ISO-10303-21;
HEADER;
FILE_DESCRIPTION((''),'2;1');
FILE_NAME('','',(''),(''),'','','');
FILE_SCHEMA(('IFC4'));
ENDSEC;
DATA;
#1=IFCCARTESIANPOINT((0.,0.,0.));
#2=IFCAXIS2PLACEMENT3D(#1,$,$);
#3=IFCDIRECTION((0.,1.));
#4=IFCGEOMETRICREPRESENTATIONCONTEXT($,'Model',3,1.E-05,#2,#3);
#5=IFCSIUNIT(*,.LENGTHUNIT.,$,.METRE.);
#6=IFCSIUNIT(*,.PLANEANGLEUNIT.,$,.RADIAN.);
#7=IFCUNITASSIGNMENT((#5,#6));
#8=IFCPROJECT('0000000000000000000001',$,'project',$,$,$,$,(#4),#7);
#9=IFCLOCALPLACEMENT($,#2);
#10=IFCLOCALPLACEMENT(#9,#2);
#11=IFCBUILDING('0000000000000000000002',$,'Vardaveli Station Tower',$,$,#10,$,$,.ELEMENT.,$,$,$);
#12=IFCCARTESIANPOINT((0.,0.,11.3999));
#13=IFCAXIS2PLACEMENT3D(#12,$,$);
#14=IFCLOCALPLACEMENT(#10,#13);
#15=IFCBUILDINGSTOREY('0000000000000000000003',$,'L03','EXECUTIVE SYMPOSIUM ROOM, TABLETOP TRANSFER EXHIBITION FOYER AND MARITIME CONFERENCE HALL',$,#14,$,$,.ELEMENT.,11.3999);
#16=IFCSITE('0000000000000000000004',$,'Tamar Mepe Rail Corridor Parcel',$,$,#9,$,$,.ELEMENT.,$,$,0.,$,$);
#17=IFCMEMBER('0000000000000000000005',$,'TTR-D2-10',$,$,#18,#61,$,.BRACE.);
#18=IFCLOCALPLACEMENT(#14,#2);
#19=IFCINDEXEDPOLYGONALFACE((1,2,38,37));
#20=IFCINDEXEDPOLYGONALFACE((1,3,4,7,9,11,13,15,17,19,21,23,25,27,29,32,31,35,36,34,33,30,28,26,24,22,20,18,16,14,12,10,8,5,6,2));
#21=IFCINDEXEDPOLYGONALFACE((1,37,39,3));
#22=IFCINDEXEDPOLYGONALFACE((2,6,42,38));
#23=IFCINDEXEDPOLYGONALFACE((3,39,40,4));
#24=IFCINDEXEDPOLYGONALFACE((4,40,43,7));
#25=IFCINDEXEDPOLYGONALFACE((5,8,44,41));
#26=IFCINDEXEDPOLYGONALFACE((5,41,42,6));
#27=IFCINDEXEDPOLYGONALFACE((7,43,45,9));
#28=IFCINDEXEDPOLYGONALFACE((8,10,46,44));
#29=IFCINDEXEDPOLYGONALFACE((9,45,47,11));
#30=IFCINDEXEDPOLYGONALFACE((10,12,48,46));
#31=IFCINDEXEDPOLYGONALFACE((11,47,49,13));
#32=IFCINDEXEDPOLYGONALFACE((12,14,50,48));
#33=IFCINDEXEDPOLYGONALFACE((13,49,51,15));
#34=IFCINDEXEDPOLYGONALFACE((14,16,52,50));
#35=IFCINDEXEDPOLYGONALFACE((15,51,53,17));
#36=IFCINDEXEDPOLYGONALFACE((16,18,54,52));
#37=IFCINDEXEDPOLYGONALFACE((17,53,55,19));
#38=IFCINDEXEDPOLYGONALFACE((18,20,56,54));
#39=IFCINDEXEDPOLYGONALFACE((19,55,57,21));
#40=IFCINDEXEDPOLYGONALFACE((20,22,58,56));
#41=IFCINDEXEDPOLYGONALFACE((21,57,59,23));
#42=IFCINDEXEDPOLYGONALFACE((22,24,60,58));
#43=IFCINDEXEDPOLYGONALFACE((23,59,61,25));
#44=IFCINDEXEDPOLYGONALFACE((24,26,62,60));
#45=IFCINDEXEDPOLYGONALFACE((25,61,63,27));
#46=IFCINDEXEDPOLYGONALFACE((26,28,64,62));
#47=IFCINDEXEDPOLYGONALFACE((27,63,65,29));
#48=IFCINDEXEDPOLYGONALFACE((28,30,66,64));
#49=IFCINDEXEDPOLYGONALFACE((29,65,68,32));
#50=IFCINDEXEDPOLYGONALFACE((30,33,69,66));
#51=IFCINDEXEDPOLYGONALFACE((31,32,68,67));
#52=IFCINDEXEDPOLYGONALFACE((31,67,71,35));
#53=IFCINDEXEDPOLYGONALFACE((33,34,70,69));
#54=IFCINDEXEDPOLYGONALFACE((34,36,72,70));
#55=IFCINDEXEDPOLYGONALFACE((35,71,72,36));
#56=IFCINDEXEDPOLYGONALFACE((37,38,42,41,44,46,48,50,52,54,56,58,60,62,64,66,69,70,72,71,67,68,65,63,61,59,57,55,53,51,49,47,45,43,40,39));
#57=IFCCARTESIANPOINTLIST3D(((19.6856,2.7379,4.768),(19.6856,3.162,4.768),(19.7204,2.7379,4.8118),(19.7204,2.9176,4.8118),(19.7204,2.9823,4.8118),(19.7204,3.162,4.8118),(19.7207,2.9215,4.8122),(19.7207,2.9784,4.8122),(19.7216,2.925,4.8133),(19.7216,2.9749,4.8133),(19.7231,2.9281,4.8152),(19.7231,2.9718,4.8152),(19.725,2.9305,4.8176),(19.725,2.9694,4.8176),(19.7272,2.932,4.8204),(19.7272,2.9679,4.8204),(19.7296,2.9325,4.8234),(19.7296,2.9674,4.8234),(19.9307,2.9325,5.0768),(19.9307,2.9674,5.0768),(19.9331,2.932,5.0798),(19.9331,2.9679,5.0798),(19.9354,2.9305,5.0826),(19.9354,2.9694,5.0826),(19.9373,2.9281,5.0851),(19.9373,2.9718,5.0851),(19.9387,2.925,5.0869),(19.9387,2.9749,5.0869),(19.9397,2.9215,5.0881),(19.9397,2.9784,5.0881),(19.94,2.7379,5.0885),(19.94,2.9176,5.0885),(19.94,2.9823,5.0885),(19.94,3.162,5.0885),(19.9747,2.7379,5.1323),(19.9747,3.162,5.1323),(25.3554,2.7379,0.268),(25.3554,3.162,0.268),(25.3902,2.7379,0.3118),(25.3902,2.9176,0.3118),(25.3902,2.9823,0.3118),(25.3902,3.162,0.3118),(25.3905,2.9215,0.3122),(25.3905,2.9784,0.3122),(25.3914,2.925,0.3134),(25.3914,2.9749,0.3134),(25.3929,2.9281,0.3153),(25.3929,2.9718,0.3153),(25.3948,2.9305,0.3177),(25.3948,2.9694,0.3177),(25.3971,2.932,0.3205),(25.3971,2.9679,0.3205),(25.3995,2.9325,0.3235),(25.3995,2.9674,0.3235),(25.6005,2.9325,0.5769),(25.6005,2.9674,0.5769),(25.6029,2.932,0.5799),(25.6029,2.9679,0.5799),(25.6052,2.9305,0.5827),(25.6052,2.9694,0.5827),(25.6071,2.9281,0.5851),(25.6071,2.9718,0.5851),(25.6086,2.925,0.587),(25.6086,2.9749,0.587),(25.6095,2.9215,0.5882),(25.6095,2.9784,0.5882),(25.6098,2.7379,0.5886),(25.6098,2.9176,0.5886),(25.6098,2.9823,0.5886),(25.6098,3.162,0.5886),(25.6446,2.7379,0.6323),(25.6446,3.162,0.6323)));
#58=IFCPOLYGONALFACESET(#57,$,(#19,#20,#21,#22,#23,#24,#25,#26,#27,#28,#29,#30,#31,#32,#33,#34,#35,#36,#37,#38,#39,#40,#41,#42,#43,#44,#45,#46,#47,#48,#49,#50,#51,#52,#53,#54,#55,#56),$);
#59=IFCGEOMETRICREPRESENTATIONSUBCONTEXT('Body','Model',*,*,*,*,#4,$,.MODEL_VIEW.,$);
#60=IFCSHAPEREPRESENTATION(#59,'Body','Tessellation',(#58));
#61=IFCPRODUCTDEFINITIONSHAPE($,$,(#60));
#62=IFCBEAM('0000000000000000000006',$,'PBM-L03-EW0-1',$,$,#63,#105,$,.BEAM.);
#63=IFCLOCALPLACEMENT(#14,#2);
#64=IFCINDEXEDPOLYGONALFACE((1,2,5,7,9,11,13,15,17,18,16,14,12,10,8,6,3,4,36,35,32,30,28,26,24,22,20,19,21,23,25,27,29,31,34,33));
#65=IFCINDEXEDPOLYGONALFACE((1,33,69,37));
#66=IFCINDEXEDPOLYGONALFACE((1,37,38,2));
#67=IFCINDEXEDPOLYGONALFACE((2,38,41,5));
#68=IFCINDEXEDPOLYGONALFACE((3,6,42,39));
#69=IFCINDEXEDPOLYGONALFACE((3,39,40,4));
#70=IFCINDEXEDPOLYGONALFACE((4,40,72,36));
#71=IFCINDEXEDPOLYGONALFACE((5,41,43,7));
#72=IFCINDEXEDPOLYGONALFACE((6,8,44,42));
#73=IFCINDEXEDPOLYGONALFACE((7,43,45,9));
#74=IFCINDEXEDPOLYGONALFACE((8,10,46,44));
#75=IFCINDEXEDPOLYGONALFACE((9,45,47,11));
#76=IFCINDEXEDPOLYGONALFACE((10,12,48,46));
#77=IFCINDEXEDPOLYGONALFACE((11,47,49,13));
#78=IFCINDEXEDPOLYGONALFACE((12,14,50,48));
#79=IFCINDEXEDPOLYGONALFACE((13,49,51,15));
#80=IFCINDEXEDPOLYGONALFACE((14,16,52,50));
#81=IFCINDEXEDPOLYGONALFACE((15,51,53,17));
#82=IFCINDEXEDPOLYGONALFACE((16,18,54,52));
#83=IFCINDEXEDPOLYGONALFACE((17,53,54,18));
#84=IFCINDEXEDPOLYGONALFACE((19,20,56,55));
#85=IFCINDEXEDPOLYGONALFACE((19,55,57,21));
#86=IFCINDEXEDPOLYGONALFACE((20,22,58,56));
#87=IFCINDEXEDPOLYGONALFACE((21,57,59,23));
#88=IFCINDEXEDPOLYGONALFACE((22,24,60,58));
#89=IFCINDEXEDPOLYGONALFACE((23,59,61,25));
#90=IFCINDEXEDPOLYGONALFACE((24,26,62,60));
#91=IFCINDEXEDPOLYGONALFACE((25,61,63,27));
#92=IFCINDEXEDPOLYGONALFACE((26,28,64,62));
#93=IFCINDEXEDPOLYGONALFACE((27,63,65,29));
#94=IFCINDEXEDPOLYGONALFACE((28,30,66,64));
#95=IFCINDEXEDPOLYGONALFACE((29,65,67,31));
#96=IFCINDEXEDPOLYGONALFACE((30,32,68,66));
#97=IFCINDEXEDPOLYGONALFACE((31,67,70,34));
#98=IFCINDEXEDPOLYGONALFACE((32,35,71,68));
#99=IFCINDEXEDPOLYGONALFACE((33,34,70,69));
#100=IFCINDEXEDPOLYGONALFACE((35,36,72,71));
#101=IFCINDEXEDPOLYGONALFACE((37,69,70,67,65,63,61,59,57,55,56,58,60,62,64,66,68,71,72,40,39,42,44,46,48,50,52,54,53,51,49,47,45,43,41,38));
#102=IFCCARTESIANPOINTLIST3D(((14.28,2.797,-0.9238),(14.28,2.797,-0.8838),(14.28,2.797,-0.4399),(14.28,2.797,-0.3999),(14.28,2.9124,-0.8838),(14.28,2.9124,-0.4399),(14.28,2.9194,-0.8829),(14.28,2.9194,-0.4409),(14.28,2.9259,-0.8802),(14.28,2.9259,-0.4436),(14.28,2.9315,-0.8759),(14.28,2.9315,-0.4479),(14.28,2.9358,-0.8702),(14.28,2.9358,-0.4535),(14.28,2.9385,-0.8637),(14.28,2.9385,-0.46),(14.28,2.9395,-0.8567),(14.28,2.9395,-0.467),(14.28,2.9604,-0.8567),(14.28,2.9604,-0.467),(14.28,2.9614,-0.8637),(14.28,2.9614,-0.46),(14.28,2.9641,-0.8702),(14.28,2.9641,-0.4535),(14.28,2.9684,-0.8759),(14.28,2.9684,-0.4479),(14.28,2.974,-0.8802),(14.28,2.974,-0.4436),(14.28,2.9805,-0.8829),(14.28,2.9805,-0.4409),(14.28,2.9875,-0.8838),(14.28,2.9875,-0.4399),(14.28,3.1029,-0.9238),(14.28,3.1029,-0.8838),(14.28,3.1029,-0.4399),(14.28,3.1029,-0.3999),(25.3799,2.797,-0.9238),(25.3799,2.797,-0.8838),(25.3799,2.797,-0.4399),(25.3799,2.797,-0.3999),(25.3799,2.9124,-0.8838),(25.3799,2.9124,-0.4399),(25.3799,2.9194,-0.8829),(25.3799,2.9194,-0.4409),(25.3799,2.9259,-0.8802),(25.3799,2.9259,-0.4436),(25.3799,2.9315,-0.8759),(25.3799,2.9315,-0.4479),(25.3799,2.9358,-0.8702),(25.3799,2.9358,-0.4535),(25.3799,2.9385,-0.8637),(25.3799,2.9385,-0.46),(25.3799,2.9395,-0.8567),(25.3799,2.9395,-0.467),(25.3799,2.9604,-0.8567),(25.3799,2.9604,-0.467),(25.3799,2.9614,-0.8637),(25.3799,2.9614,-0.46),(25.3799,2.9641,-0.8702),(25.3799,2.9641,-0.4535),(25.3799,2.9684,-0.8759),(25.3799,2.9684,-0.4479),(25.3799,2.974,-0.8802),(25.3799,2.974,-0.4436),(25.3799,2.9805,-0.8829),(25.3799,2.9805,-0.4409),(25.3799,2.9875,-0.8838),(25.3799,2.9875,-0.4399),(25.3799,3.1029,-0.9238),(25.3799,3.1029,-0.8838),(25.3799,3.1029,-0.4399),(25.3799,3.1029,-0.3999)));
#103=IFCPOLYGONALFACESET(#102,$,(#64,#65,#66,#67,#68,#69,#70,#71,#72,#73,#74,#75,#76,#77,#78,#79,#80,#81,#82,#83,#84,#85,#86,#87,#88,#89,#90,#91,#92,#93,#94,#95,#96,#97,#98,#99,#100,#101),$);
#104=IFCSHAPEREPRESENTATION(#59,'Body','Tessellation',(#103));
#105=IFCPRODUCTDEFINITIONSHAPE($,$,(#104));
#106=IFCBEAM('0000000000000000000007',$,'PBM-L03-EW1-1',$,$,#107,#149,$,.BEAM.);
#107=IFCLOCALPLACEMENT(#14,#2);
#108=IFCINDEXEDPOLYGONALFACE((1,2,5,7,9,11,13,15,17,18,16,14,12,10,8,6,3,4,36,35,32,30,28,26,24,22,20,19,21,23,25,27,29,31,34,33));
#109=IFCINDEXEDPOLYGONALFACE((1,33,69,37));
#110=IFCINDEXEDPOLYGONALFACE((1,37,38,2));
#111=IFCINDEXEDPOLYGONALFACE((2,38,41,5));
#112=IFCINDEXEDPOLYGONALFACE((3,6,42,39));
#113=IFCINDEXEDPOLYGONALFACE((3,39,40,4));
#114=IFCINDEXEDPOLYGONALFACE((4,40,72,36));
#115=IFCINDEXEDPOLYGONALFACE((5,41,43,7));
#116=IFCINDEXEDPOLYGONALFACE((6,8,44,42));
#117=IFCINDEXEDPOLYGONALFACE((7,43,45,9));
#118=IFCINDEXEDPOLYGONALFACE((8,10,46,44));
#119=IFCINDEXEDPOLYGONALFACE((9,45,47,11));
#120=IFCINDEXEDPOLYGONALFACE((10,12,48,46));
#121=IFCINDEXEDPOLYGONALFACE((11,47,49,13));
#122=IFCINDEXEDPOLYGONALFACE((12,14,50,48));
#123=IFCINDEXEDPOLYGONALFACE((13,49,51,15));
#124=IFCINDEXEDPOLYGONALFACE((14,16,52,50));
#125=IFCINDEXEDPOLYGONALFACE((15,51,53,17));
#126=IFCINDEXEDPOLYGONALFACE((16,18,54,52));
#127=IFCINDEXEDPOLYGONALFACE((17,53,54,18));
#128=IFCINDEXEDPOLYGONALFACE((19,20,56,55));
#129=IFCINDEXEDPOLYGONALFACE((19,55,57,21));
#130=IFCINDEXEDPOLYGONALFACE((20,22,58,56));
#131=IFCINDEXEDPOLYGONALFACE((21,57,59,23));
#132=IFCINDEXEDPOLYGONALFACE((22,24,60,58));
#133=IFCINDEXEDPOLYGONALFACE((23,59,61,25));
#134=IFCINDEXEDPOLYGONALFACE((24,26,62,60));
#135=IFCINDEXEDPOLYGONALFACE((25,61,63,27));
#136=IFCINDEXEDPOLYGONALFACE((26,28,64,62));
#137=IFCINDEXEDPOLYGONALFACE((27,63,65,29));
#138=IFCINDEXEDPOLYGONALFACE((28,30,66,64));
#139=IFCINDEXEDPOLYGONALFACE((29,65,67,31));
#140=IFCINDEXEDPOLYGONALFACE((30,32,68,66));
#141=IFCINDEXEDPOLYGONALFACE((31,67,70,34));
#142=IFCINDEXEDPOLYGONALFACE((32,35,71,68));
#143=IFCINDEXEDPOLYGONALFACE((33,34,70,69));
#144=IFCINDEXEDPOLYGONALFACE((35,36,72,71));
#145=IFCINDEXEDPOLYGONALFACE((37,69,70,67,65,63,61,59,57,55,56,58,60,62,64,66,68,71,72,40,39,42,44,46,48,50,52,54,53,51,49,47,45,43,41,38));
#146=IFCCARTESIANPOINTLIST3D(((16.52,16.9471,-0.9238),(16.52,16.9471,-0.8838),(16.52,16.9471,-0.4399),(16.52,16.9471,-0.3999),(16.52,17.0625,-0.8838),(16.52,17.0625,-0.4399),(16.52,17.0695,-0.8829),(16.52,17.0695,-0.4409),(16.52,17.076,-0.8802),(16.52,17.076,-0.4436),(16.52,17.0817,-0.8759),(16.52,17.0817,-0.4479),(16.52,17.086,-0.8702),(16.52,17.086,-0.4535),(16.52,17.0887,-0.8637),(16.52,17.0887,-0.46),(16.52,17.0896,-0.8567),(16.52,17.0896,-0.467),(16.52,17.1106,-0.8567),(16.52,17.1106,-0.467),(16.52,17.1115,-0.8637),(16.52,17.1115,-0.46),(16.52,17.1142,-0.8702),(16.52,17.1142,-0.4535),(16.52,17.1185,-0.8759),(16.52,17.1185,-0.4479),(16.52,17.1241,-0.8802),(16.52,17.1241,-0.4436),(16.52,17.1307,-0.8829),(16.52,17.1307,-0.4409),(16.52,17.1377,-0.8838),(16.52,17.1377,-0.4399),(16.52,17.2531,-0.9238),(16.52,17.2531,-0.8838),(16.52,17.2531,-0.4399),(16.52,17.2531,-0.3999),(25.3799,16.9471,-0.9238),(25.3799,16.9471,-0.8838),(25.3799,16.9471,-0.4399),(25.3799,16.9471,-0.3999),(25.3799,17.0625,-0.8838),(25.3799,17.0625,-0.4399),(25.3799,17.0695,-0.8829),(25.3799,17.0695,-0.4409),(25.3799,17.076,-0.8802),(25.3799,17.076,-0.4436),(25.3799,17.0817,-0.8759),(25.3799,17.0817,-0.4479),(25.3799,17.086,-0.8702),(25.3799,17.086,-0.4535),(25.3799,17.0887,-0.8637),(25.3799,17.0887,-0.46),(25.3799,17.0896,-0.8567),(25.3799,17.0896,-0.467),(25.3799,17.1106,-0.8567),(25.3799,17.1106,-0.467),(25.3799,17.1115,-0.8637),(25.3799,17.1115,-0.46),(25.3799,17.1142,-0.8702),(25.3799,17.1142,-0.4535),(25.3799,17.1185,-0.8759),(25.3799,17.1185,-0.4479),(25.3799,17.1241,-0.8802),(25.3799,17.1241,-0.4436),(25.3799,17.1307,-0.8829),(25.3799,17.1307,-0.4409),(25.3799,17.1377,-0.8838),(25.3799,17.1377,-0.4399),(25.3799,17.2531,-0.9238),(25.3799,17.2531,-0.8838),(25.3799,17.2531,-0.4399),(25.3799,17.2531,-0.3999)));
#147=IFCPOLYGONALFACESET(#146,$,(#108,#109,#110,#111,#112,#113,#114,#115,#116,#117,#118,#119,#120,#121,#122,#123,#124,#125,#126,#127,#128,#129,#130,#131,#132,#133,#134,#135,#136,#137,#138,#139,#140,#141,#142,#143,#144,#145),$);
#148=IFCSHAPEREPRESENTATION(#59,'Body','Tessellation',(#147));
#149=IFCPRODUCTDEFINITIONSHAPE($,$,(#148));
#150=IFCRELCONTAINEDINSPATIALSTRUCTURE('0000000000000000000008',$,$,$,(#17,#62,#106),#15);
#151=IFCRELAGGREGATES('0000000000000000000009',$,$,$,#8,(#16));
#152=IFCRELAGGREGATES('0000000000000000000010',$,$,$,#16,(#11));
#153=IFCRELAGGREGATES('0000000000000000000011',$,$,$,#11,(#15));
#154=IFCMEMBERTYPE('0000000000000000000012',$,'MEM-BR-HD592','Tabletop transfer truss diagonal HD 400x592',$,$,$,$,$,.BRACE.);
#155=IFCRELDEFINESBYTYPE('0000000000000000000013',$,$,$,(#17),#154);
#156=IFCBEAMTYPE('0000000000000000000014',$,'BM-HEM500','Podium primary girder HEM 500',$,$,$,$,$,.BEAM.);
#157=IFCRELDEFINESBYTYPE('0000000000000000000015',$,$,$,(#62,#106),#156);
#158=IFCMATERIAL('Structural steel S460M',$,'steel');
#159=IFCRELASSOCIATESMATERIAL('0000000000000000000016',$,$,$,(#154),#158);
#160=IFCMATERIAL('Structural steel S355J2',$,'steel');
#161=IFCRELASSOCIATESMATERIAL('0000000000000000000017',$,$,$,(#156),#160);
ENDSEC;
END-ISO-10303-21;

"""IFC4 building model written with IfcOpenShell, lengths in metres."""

from ifc_helpers import new_model, si_unit, direction, frame, origin, origin_2d, place, context, subcontext, project, spatial, i_section, extrude, source, transform, mapped, material, material_profile, profile_set, type_object, element, save


model = new_model("IFC4")

# Units and contexts
model_context = context("Model", 3, precision=1e-05, world=origin(), true_north=direction((0.0, 1.0)))
body_context = subcontext(model_context, "Body", "Model", "MODEL_VIEW")
ifc_project = project(units=[si_unit("LENGTHUNIT", "METRE"), si_unit("PLANEANGLEUNIT", "RADIAN")], contexts=[model_context])

# Site, building, storey
site_placement = place(None, origin())
site = spatial("IfcSite", under=ifc_project, at=site_placement, Name="Tamar Mepe Rail Corridor Parcel", CompositionType="ELEMENT", RefElevation=0.0)
building_placement = place(site_placement, origin())
building = spatial("IfcBuilding", under=site, at=building_placement, Name="Vardaveli Station Tower", CompositionType="ELEMENT")
storey_placement = place(building_placement, frame((0.0, 0.0, 11.3999)))
storey = spatial("IfcBuildingStorey", under=building, at=storey_placement, Name="L03", Description="EXECUTIVE SYMPOSIUM ROOM, TABLETOP TRANSFER EXHIBITION FOYER AND MARITIME CONFERENCE HALL", CompositionType="ELEMENT", Elevation=11.3999)

# Member
ifc_material_1 = material(Name="Structural steel S460M", Category="steel")
ifc_material_profile_1 = material_profile(ifc_material_1, i_section(OverallWidth=0.4241, OverallDepth=0.4651, WebThickness=0.0349, FlangeThickness=0.0559, FilletRadius=0.0149, at=origin_2d()), Name="HD 400x592")
ifc_profile_set_1 = profile_set([ifc_material_profile_1], Name="Structural steel S460M")
member_type_1 = type_object("IfcMemberType", Name="MEM-BR-HD592", Description="Tabletop transfer truss diagonal HD 400x592", PredefinedType="BRACE", material=ifc_profile_set_1)
shared_shape_1 = source(origin(), body_context, "Body", "SweptSolid", [
    extrude(i_section(OverallWidth=0.4241, OverallDepth=0.4651, WebThickness=0.0349, FlangeThickness=0.0559, FilletRadius=0.0149, at=origin_2d()), origin(), (0.0, 0.0, 1.0), 7.2385),
])
member_1_placement = place(storey_placement, frame((25.5, 2.95, 0.4502), z_axis=(-0.783285, 0.0, 0.621663), x_axis=(0.0, -1.0, 0.0)))
element("IfcMember", 1, at=member_1_placement, inside=storey, type_object=member_type_1, Name="TTR-D2-10", PredefinedType="BRACE", context=body_context, shape_type="MappedRepresentation", body=[
    mapped(shared_shape_1, transform((0.0, 0.0, 0.0), scale=1.0)),
])

# Beams
ifc_material_2 = material(Name="Structural steel S355J2", Category="steel")
ifc_material_profile_2 = material_profile(ifc_material_2, i_section(OverallWidth=0.3059, OverallDepth=0.5239, WebThickness=0.021, FlangeThickness=0.04, FilletRadius=0.0271, at=origin_2d()), Name="HEM 500")
ifc_profile_set_2 = profile_set([ifc_material_profile_2], Name="Structural steel S355J2")
beam_type_1 = type_object("IfcBeamType", Name="BM-HEM500", Description="Podium primary girder HEM 500", PredefinedType="BEAM", material=ifc_profile_set_2)
shared_shape_2 = source(origin(), body_context, "Body", "SweptSolid", [
    extrude(i_section(OverallWidth=0.3059, OverallDepth=0.5239, WebThickness=0.021, FlangeThickness=0.04, FilletRadius=0.0271, at=origin_2d()), origin(), (0.0, 0.0, 1.0), 11.0999),
])
beam_1_placement = place(storey_placement, frame((14.28, 2.95, -0.6619), z_axis=(1.0, 0.0, 0.0), x_axis=(0.0, 1.0, 0.0)))
element("IfcBeam", 2, at=beam_1_placement, inside=storey, type_object=beam_type_1, Name="PBM-L03-EW0-1", PredefinedType="BEAM", context=body_context, shape_type="MappedRepresentation", body=[
    mapped(shared_shape_2, transform((0.0, 0.0, 0.0), scale=1.0)),
])
shared_shape_3 = source(origin(), body_context, "Body", "SweptSolid", [
    extrude(i_section(OverallWidth=0.3059, OverallDepth=0.5239, WebThickness=0.021, FlangeThickness=0.04, FilletRadius=0.0271, at=origin_2d()), origin(), (0.0, 0.0, 1.0), 8.8599),
])
beam_2_placement = place(storey_placement, frame((16.52, 17.1001, -0.6619), z_axis=(1.0, 0.0, 0.0), x_axis=(0.0, 1.0, 0.0)))
element("IfcBeam", 3, at=beam_2_placement, inside=storey, type_object=beam_type_1, Name="PBM-L03-EW1-1", PredefinedType="BEAM", context=body_context, shape_type="MappedRepresentation", body=[
    mapped(shared_shape_3, transform((0.0, 0.0, 0.0), scale=1.0)),
])

save(model, "model.ifc")
